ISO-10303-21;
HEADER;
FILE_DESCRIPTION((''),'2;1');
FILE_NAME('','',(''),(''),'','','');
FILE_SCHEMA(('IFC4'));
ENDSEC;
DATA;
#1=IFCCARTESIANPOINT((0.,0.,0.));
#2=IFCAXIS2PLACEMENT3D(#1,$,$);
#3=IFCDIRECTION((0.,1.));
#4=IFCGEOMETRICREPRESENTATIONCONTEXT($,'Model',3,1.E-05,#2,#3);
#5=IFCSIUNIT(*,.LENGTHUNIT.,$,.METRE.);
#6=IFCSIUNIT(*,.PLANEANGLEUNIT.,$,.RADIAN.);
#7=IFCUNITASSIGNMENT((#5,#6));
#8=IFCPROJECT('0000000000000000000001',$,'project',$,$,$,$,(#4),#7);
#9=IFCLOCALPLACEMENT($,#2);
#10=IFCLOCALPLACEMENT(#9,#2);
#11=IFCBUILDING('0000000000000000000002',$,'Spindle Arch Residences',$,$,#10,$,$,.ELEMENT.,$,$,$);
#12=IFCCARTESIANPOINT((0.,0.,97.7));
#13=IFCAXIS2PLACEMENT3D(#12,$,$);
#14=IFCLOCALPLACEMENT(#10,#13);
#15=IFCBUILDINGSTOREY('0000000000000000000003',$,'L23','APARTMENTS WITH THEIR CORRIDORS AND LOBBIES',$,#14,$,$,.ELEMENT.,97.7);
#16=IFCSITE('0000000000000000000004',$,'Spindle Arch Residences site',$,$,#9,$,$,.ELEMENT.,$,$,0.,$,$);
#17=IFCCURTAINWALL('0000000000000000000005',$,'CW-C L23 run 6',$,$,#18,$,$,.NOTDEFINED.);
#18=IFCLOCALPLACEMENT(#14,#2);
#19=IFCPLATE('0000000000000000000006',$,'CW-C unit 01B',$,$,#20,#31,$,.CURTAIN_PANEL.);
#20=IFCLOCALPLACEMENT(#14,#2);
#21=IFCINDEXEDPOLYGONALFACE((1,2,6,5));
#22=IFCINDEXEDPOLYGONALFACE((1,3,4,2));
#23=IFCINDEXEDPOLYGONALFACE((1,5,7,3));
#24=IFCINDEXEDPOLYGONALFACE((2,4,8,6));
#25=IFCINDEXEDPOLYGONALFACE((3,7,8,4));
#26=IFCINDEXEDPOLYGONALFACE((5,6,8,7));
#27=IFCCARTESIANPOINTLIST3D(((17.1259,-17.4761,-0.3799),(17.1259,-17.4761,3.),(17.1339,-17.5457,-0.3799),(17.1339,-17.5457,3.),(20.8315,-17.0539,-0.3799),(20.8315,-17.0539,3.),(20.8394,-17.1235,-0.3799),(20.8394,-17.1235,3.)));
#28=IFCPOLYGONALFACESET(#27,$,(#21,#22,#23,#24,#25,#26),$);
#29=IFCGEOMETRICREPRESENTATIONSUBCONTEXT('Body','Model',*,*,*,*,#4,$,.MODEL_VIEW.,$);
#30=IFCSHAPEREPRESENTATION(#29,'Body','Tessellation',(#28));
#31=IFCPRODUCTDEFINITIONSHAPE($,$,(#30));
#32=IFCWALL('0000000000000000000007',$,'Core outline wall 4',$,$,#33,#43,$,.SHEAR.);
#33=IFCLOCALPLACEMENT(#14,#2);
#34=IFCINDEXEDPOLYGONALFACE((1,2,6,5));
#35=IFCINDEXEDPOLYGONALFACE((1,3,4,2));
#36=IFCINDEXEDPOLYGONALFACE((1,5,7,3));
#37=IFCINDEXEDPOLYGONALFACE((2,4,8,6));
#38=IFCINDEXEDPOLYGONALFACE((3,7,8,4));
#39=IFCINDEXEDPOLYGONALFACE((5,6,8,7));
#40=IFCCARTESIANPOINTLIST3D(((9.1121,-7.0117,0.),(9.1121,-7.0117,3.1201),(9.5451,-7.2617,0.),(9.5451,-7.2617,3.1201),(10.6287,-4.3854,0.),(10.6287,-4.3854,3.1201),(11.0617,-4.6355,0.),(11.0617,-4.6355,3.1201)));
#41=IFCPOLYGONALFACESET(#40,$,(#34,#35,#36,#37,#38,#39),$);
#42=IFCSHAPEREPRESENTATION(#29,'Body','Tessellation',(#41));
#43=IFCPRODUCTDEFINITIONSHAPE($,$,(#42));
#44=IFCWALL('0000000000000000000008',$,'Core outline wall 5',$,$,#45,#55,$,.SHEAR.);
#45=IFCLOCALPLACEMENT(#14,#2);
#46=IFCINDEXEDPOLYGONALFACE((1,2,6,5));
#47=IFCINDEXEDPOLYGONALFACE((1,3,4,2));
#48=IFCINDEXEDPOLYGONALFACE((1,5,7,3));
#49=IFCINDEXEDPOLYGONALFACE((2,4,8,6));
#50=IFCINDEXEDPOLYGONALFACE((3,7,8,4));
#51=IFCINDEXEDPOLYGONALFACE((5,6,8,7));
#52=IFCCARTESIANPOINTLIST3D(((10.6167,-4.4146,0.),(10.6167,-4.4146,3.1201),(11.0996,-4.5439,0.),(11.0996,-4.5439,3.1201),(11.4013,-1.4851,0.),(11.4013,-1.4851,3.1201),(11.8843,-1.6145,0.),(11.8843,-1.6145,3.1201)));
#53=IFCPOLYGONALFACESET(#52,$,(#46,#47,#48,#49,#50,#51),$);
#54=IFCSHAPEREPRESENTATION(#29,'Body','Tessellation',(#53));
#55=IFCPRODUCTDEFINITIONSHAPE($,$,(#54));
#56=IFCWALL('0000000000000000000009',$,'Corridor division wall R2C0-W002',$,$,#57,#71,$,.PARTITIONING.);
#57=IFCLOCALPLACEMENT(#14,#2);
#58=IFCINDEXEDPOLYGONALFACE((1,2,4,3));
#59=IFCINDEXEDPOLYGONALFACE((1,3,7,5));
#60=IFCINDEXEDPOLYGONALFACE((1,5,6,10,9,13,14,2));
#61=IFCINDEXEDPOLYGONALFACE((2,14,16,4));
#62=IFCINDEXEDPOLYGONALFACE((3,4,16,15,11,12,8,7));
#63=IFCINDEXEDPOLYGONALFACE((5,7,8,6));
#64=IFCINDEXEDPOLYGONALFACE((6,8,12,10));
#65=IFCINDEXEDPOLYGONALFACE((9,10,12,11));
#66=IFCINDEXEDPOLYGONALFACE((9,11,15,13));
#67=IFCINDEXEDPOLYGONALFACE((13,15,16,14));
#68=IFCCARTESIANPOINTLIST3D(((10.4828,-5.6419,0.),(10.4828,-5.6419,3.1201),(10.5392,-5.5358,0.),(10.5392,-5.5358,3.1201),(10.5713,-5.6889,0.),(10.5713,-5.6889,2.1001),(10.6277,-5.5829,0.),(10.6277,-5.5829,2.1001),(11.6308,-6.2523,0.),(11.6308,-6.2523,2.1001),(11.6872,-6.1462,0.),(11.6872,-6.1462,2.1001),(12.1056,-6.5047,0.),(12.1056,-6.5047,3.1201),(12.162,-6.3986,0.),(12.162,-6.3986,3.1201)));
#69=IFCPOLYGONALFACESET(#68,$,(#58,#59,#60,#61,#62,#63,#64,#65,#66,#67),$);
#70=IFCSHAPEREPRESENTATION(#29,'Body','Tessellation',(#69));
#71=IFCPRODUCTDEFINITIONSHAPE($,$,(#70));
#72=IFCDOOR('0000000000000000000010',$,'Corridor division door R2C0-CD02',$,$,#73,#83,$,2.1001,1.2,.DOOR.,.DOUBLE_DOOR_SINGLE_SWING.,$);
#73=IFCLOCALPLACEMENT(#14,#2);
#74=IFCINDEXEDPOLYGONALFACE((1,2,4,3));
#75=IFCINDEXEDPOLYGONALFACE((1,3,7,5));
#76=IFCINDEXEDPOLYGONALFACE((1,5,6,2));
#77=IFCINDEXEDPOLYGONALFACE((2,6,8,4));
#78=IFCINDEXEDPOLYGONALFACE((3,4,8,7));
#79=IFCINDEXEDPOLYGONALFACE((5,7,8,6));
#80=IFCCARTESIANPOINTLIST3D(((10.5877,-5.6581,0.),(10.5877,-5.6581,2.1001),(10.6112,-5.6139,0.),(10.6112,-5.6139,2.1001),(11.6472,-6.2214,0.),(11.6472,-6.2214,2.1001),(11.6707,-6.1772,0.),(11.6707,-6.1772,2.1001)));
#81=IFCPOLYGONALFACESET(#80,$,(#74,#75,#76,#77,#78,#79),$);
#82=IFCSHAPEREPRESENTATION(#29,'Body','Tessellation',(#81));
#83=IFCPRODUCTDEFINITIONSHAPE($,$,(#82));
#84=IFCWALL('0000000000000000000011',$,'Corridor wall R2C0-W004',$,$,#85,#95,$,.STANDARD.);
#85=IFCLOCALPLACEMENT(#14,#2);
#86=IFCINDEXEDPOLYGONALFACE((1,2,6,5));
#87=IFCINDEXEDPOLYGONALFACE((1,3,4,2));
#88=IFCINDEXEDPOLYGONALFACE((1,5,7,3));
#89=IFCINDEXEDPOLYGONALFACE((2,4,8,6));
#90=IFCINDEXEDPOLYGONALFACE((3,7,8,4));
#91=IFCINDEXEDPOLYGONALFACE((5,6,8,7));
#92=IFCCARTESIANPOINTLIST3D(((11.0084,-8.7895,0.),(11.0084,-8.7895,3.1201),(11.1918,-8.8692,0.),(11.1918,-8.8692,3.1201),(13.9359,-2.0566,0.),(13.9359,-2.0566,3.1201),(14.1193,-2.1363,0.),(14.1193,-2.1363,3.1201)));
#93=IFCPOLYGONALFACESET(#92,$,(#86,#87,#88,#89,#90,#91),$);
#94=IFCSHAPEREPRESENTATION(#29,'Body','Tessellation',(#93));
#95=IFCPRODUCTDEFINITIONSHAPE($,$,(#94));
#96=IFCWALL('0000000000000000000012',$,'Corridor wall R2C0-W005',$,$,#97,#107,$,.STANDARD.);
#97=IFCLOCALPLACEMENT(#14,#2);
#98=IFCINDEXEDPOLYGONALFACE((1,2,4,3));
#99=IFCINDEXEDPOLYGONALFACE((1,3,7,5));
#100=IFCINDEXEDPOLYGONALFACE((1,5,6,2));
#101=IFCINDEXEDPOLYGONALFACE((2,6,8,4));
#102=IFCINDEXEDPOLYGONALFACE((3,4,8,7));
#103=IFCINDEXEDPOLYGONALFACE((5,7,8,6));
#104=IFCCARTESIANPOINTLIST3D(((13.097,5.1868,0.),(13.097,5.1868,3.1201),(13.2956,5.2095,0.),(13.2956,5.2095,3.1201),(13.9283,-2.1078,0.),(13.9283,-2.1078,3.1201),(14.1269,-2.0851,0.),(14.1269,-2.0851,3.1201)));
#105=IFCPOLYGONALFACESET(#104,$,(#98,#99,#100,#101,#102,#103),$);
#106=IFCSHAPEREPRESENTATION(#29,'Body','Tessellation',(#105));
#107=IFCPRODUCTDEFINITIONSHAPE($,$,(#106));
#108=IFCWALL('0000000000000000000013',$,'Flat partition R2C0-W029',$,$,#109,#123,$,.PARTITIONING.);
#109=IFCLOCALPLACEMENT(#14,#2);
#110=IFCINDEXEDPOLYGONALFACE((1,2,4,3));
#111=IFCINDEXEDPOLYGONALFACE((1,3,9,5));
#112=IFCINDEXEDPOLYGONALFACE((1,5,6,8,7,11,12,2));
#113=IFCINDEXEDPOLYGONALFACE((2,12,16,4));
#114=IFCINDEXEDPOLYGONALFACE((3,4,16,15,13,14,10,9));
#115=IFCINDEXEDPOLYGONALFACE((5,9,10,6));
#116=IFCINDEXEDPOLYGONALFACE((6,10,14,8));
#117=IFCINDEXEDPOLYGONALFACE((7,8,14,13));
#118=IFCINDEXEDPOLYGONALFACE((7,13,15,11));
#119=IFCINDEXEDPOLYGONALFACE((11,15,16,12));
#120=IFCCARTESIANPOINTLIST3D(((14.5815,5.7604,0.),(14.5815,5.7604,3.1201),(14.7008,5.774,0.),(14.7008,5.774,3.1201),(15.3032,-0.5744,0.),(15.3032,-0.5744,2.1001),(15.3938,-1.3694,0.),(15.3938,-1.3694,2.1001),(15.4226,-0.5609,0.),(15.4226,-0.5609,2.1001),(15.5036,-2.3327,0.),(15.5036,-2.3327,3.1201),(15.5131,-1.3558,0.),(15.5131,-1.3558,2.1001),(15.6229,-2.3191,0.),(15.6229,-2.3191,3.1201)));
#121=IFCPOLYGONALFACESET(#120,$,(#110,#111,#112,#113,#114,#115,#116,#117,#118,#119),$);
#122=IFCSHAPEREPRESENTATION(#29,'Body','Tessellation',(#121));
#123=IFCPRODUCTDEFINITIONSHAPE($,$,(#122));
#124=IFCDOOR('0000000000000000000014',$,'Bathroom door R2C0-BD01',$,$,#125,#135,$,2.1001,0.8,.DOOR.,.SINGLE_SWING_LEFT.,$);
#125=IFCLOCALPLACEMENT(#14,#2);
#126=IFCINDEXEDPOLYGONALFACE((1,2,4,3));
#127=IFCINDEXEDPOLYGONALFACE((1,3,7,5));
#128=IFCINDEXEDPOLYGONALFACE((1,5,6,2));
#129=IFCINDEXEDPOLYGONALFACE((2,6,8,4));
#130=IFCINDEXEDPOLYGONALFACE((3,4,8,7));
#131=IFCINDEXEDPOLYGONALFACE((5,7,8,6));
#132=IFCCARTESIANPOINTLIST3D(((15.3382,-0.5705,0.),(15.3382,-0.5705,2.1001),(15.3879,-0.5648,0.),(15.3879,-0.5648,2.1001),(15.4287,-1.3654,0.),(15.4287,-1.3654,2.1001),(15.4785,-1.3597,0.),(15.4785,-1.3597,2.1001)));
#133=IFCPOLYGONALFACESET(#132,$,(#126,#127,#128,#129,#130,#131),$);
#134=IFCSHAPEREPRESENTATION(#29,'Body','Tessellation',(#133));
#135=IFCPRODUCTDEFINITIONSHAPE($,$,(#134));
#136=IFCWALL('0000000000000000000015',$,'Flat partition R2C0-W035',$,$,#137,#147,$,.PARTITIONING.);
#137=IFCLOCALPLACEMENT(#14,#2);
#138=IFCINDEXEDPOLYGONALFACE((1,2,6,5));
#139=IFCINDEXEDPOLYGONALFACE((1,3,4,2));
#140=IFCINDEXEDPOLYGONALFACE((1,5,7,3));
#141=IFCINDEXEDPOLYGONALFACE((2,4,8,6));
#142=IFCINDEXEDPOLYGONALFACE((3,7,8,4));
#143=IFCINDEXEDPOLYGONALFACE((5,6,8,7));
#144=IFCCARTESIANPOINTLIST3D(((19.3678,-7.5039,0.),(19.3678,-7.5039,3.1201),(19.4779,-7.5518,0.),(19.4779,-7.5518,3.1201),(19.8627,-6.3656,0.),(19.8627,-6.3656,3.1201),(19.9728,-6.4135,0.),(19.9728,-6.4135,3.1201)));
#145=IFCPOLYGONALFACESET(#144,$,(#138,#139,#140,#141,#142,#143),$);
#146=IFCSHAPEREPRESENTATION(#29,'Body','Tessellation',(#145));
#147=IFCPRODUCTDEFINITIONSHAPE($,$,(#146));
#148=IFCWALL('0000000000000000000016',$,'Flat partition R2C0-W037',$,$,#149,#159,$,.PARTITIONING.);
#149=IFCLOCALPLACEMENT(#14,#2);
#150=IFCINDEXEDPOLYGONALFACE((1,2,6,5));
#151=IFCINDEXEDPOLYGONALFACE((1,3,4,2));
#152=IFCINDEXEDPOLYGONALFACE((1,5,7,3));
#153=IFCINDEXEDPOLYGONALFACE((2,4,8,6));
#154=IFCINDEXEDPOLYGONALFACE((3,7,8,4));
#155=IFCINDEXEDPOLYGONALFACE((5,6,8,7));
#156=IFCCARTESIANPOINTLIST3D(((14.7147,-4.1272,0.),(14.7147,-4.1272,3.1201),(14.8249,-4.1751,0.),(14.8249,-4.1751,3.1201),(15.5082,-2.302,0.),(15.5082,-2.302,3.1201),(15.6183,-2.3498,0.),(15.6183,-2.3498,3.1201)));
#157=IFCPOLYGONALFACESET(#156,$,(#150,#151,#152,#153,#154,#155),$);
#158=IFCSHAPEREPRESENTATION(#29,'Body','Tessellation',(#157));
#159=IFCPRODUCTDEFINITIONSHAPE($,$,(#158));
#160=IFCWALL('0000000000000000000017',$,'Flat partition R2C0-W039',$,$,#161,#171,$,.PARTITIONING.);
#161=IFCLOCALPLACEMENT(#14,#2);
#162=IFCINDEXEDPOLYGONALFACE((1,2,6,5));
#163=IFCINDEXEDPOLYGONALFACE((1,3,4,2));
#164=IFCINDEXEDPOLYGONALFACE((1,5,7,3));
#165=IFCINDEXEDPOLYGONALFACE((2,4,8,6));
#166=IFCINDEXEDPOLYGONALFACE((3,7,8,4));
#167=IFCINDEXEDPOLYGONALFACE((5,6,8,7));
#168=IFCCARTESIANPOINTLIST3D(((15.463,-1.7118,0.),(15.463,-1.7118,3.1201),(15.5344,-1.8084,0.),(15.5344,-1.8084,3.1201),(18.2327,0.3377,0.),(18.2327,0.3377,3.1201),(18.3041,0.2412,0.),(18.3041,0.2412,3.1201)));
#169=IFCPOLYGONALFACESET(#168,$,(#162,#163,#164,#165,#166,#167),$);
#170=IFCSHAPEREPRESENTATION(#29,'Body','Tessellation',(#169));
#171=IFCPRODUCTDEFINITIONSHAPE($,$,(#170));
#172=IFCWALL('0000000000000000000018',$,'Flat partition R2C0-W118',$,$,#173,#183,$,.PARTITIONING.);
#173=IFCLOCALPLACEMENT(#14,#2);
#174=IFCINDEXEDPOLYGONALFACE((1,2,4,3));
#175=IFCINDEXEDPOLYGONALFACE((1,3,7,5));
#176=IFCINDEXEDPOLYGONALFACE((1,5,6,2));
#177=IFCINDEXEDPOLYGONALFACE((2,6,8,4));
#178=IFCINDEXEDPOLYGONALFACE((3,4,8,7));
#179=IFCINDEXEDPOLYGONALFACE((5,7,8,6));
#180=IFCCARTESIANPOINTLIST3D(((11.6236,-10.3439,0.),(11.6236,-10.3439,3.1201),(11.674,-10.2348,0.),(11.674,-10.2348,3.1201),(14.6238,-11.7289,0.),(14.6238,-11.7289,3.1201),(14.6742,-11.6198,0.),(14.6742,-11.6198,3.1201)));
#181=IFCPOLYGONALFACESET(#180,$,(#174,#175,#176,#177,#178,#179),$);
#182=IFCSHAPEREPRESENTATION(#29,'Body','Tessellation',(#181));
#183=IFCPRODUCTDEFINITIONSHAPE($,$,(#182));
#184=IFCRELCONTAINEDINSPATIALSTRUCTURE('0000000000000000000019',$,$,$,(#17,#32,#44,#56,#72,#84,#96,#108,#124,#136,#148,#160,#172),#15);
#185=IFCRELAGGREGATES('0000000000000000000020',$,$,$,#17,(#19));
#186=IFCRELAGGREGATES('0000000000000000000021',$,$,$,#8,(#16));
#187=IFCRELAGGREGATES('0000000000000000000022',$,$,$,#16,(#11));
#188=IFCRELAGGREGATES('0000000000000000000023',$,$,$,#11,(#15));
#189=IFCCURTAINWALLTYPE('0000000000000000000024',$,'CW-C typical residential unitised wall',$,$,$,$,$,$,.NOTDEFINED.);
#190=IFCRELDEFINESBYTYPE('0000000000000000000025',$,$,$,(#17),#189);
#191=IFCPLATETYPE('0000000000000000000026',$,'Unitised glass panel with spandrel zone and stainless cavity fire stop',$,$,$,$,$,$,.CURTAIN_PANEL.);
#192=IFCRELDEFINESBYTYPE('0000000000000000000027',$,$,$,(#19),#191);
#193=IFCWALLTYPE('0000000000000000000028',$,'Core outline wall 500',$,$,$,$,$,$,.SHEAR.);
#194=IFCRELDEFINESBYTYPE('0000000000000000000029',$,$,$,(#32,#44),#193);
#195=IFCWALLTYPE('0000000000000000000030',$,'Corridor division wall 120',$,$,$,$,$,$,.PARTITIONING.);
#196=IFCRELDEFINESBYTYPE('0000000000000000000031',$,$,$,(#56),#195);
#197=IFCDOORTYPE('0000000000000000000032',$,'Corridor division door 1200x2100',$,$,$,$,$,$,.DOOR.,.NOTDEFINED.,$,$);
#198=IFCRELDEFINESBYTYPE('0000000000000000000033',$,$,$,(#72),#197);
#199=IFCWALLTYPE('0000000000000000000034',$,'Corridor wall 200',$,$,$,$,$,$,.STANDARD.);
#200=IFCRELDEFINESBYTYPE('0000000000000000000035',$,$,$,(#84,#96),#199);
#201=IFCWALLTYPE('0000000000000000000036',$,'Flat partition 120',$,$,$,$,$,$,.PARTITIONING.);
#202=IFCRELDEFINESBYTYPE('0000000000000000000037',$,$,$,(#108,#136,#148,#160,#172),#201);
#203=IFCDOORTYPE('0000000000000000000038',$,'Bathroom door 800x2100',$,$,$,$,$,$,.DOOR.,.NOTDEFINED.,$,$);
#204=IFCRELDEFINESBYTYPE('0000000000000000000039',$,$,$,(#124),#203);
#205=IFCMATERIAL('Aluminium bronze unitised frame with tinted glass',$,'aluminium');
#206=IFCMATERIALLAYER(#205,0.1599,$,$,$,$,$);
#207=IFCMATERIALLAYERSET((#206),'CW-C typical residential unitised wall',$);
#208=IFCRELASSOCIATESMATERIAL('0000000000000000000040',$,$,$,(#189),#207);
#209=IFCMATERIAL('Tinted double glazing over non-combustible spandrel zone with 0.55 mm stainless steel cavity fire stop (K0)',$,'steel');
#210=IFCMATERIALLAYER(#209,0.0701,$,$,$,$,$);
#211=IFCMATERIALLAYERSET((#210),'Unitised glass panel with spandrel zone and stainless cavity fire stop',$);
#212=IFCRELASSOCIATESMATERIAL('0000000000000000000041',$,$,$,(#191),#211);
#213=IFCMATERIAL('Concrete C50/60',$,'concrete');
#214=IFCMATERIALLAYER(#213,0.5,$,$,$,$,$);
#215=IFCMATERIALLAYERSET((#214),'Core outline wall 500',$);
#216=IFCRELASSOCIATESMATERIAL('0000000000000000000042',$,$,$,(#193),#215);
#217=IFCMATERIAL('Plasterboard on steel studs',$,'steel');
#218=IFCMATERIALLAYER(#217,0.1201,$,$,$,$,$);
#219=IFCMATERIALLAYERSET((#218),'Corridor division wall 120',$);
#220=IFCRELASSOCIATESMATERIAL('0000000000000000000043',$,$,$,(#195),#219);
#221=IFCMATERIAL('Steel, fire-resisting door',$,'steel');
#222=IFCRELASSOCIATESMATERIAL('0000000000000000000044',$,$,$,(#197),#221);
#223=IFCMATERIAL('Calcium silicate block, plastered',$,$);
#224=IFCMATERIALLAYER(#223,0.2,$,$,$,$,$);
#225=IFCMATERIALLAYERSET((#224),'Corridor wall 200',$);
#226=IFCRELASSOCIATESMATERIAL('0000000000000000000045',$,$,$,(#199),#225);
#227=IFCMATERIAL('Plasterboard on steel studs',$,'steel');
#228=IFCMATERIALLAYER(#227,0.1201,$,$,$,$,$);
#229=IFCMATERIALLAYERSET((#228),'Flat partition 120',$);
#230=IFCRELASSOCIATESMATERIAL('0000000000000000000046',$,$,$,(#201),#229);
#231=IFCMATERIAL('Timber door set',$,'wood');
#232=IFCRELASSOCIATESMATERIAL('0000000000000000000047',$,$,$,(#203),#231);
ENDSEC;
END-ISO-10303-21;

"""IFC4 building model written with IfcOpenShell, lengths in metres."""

from ifc_helpers import new_model, si_unit, direction, frame, frame_2d, origin, origin_2d, place, context, subcontext, project, spatial, rectangle, extrude, material, layer, layer_set, type_object, element, fill, aggregate, save


model = new_model("IFC4")

# Units and contexts
model_context = context("Model", 3, precision=1e-05, world=origin(), true_north=direction((0.0, 1.0)))
body_context = subcontext(model_context, "Body", "Model", "MODEL_VIEW")
ifc_project = project(units=[si_unit("LENGTHUNIT", "METRE"), si_unit("PLANEANGLEUNIT", "RADIAN")], contexts=[model_context])

# Site, building, storey
site_placement = place(None, origin())
site = spatial("IfcSite", under=ifc_project, at=site_placement, Name="Spindle Arch Residences site", CompositionType="ELEMENT", RefElevation=0.0)
building_placement = place(site_placement, origin())
building = spatial("IfcBuilding", under=site, at=building_placement, Name="Spindle Arch Residences", CompositionType="ELEMENT")
storey_placement = place(building_placement, frame((0.0, 0.0, 97.7)))
storey = spatial("IfcBuildingStorey", under=building, at=storey_placement, Name="L23", Description="APARTMENTS WITH THEIR CORRIDORS AND LOBBIES", CompositionType="ELEMENT", Elevation=97.7)

# Curtain wall
ifc_material_1 = material(Name="Aluminium bronze unitised frame with tinted glass", Category="aluminium")
ifc_layer_1 = layer(ifc_material_1, 0.1599)
ifc_layer_set_1 = layer_set([ifc_layer_1], Name="CW-C typical residential unitised wall")
curtain_wall_type = type_object("IfcCurtainWallType", Name="CW-C typical residential unitised wall", PredefinedType="NOTDEFINED", material=ifc_layer_set_1)
curtain_wall_placement = place(storey_placement, origin())
curtain_wall = element("IfcCurtainWall", 1, at=curtain_wall_placement, inside=storey, type_object=curtain_wall_type, Name="CW-C L23 run 6", PredefinedType="NOTDEFINED")

# Plate
ifc_material_2 = material(Name="Tinted double glazing over non-combustible spandrel zone with 0.55 mm stainless steel cavity fire stop (K0)", Category="steel")
ifc_layer_2 = layer(ifc_material_2, 0.0701)
ifc_layer_set_2 = layer_set([ifc_layer_2], Name="Unitised glass panel with spandrel zone and stainless cavity fire stop")
plate_type = type_object("IfcPlateType", Name="Unitised glass panel with spandrel zone and stainless cavity fire stop", PredefinedType="CURTAIN_PANEL", material=ifc_layer_set_2)
plate_1_placement = place(storey_placement, frame((18.9827, -17.2998, -0.3799), z_axis=(0.0, 0.0, 1.0), x_axis=(0.993572, 0.113203, 0.0)))
plate_1 = element("IfcPlate", 2, at=plate_1_placement, type_object=plate_type, Name="CW-C unit 01B", PredefinedType="CURTAIN_PANEL", context=body_context, shape_type="SweptSolid", body=[
    extrude(rectangle(XDim=3.7295, YDim=0.0701, at=origin_2d()), origin(), (0.0, 0.0, 1.0), 3.3799),
])
aggregate(curtain_wall, [plate_1])

# Walls
ifc_material_3 = material(Name="Concrete C50/60", Category="concrete")
ifc_layer_3 = layer(ifc_material_3, 0.5)
ifc_layer_set_3 = layer_set([ifc_layer_3], Name="Core outline wall 500")
wall_type_1 = type_object("IfcWallType", Name="Core outline wall 500", PredefinedType="SHEAR", material=ifc_layer_set_3)
for number, where, z_axis, x_axis, name in (
    (3, (9.3286, -7.1367, 0.0), (0.0, 0.0, 1.0), (0.500087, 0.865975, 0.0), "Core outline wall 4"),
    (4, (10.8582, -4.4792, 0.0), (0.0, 0.0, 1.0), (0.258735, 0.965948, 0.0), "Core outline wall 5"),
):
    element("IfcWall", number, at=place(storey_placement, frame(where, z_axis=z_axis, x_axis=x_axis)), inside=storey, type_object=wall_type_1, Name=name, PredefinedType="SHEAR", context=body_context, shape_type="SweptSolid", body=[
        extrude(rectangle(XDim=3.0327, YDim=0.5, at=frame_2d((1.5164, 0.0))), origin(), (0.0, 0.0, 1.0), 3.1201),
    ])

# Wall, opening, door
ifc_material_4 = material(Name="Plasterboard on steel studs", Category="steel")
ifc_layer_4 = layer(ifc_material_4, 0.1201)
ifc_layer_set_4 = layer_set([ifc_layer_4], Name="Corridor division wall 120")
wall_type_2 = type_object("IfcWallType", Name="Corridor division wall 120", PredefinedType="PARTITIONING", material=ifc_layer_set_4)
wall_1_placement = place(storey_placement, frame((10.511, -5.5889, 0.0), z_axis=(0.0, 0.0, 1.0), x_axis=(0.882963, -0.469443, 0.0)))
wall_1 = element("IfcWall", 5, at=wall_1_placement, inside=storey, type_object=wall_type_2, Name="Corridor division wall R2C0-W002", PredefinedType="PARTITIONING", context=body_context, shape_type="SweptSolid", body=[
    extrude(rectangle(XDim=1.8379, YDim=0.1201, at=frame_2d((0.9189, 0.0))), origin(), (0.0, 0.0, 1.0), 3.1201),
])
opening_1_placement = place(wall_1_placement, frame((0.1001, 0.0, 0.0)))
opening_1 = element("IfcOpeningElement", 6, at=opening_1_placement, cuts=wall_1, PredefinedType="OPENING", context=body_context, shape_type="SweptSolid", body=[
    extrude(rectangle(XDim=1.2, YDim=2.1001, at=frame_2d((0.6001, 1.05))), frame((0.0, 0.0701, 0.0), z_axis=(0.0, -1.0, 0.0), x_axis=(1.0, 0.0, 0.0)), (0.0, 0.0, 1.0), 0.1401),
])
ifc_material_5 = material(Name="Steel, fire-resisting door", Category="steel")
door_type_1 = type_object("IfcDoorType", Name="Corridor division door 1200x2100", OperationType="NOTDEFINED", PredefinedType="DOOR", material=ifc_material_5)
door_1_placement = place(opening_1_placement, origin())
door_1 = element("IfcDoor", 7, at=door_1_placement, inside=storey, type_object=door_type_1, Name="Corridor division door R2C0-CD02", OperationType="DOUBLE_DOOR_SINGLE_SWING", OverallHeight=2.1001, OverallWidth=1.2, PredefinedType="DOOR", context=body_context, shape_type="SweptSolid", body=[
    extrude(rectangle(XDim=1.2, YDim=2.1001, at=frame_2d((0.6001, 1.05))), frame((0.0, 0.0249, 0.0), z_axis=(0.0, -1.0, 0.0), x_axis=(1.0, 0.0, 0.0)), (0.0, 0.0, 1.0), 0.05),
])
fill(opening_1, door_1)

# Walls
ifc_material_6 = material(Name="Calcium silicate block, plastered")
ifc_layer_5 = layer(ifc_material_6, 0.2)
ifc_layer_set_5 = layer_set([ifc_layer_5], Name="Corridor wall 200")
wall_type_3 = type_object("IfcWallType", Name="Corridor wall 200", PredefinedType="STANDARD", material=ifc_layer_set_5)
for number, where, z_axis, x_axis, name in (
    (8, (11.1001, -8.8293, 0.0), (0.0, 0.0, 1.0), (0.398742, 0.917063, 0.0), "Corridor wall R2C0-W004"),
    (9, (14.0276, -2.0964, 0.0), (0.0, 0.0, 1.0), (-0.113227, 0.993569, 0.0), "Corridor wall R2C0-W005"),
):
    element("IfcWall", number, at=place(storey_placement, frame(where, z_axis=z_axis, x_axis=x_axis)), inside=storey, type_object=wall_type_3, Name=name, PredefinedType="STANDARD", context=body_context, shape_type="SweptSolid", body=[
        extrude(rectangle(XDim=7.3418, YDim=0.2, at=frame_2d((3.6709, 0.0))), origin(), (0.0, 0.0, 1.0), 3.1201),
    ])

# Wall, opening, door
ifc_material_7 = material(Name="Plasterboard on steel studs", Category="steel")
ifc_layer_6 = layer(ifc_material_7, 0.1201)
ifc_layer_set_6 = layer_set([ifc_layer_6], Name="Flat partition 120")
wall_type_4 = type_object("IfcWallType", Name="Flat partition 120", PredefinedType="PARTITIONING", material=ifc_layer_set_6)
wall_2_placement = place(storey_placement, frame((15.5632, -2.3259, 0.0), z_axis=(0.0, 0.0, 1.0), x_axis=(-0.113204, 0.993572, 0.0)))
wall_2 = element("IfcWall", 10, at=wall_2_placement, inside=storey, type_object=wall_type_4, Name="Flat partition R2C0-W029", PredefinedType="PARTITIONING", context=body_context, shape_type="SweptSolid", body=[
    extrude(rectangle(XDim=8.1455, YDim=0.1201, at=frame_2d((4.0728, 0.0))), origin(), (0.0, 0.0, 1.0), 3.1201),
])
opening_2_placement = place(wall_2_placement, frame((0.9697, 0.0, 0.0)))
opening_2 = element("IfcOpeningElement", 11, at=opening_2_placement, cuts=wall_2, PredefinedType="OPENING", context=body_context, shape_type="SweptSolid", body=[
    extrude(rectangle(XDim=0.8, YDim=2.1001, at=frame_2d((0.3999, 1.05))), frame((0.0, 0.0701, 0.0), z_axis=(0.0, -1.0, 0.0), x_axis=(1.0, 0.0, 0.0)), (0.0, 0.0, 1.0), 0.1401),
])
ifc_material_8 = material(Name="Timber door set", Category="wood")
door_type_2 = type_object("IfcDoorType", Name="Bathroom door 800x2100", OperationType="NOTDEFINED", PredefinedType="DOOR", material=ifc_material_8)
door_2_placement = place(opening_2_placement, origin())
door_2 = element("IfcDoor", 12, at=door_2_placement, inside=storey, type_object=door_type_2, Name="Bathroom door R2C0-BD01", OperationType="SINGLE_SWING_LEFT", OverallHeight=2.1001, OverallWidth=0.8, PredefinedType="DOOR", context=body_context, shape_type="SweptSolid", body=[
    extrude(rectangle(XDim=0.8, YDim=2.1001, at=frame_2d((0.3999, 1.05))), frame((0.0, 0.0249, 0.0), z_axis=(0.0, -1.0, 0.0), x_axis=(1.0, 0.0, 0.0)), (0.0, 0.0, 1.0), 0.05),
])
fill(opening_2, door_2)

# Walls
wall_3_placement = place(storey_placement, frame((19.4229, -7.5278, 0.0), z_axis=(0.0, 0.0, 1.0), x_axis=(0.398733, 0.917067, 0.0)))
element("IfcWall", 13, at=wall_3_placement, inside=storey, type_object=wall_type_4, Name="Flat partition R2C0-W035", PredefinedType="PARTITIONING", context=body_context, shape_type="SweptSolid", body=[
    extrude(rectangle(XDim=1.2412, YDim=0.1201, at=frame_2d((0.6206, 0.0))), origin(), (0.0, 0.0, 1.0), 3.1201),
])
wall_4_placement = place(storey_placement, frame((14.7698, -4.1511, 0.0), z_axis=(0.0, 0.0, 1.0), x_axis=(0.398681, 0.91709, 0.0)))
element("IfcWall", 14, at=wall_4_placement, inside=storey, type_object=wall_type_4, Name="Flat partition R2C0-W037", PredefinedType="PARTITIONING", context=body_context, shape_type="SweptSolid", body=[
    extrude(rectangle(XDim=1.9902, YDim=0.1201, at=frame_2d((0.9951, 0.0))), origin(), (0.0, 0.0, 1.0), 3.1201),
])
wall_5_placement = place(storey_placement, frame((15.4988, -1.76, 0.0), z_axis=(0.0, 0.0, 1.0), x_axis=(0.803852, 0.594829, 0.0)))
element("IfcWall", 15, at=wall_5_placement, inside=storey, type_object=wall_type_4, Name="Flat partition R2C0-W039", PredefinedType="PARTITIONING", context=body_context, shape_type="SweptSolid", body=[
    extrude(rectangle(XDim=3.4456, YDim=0.1201, at=frame_2d((1.7227, 0.0))), origin(), (0.0, 0.0, 1.0), 3.1201),
])
wall_6_placement = place(storey_placement, frame((11.6487, -10.2893, 0.0), z_axis=(0.0, 0.0, 1.0), x_axis=(0.907927, -0.419128, 0.0)))
element("IfcWall", 16, at=wall_6_placement, inside=storey, type_object=wall_type_4, Name="Flat partition R2C0-W118", PredefinedType="PARTITIONING", context=body_context, shape_type="SweptSolid", body=[
    extrude(rectangle(XDim=3.3044, YDim=0.1201, at=frame_2d((1.6523, 0.0))), origin(), (0.0, 0.0, 1.0), 3.1201),
])

save(model, "model.ifc")
